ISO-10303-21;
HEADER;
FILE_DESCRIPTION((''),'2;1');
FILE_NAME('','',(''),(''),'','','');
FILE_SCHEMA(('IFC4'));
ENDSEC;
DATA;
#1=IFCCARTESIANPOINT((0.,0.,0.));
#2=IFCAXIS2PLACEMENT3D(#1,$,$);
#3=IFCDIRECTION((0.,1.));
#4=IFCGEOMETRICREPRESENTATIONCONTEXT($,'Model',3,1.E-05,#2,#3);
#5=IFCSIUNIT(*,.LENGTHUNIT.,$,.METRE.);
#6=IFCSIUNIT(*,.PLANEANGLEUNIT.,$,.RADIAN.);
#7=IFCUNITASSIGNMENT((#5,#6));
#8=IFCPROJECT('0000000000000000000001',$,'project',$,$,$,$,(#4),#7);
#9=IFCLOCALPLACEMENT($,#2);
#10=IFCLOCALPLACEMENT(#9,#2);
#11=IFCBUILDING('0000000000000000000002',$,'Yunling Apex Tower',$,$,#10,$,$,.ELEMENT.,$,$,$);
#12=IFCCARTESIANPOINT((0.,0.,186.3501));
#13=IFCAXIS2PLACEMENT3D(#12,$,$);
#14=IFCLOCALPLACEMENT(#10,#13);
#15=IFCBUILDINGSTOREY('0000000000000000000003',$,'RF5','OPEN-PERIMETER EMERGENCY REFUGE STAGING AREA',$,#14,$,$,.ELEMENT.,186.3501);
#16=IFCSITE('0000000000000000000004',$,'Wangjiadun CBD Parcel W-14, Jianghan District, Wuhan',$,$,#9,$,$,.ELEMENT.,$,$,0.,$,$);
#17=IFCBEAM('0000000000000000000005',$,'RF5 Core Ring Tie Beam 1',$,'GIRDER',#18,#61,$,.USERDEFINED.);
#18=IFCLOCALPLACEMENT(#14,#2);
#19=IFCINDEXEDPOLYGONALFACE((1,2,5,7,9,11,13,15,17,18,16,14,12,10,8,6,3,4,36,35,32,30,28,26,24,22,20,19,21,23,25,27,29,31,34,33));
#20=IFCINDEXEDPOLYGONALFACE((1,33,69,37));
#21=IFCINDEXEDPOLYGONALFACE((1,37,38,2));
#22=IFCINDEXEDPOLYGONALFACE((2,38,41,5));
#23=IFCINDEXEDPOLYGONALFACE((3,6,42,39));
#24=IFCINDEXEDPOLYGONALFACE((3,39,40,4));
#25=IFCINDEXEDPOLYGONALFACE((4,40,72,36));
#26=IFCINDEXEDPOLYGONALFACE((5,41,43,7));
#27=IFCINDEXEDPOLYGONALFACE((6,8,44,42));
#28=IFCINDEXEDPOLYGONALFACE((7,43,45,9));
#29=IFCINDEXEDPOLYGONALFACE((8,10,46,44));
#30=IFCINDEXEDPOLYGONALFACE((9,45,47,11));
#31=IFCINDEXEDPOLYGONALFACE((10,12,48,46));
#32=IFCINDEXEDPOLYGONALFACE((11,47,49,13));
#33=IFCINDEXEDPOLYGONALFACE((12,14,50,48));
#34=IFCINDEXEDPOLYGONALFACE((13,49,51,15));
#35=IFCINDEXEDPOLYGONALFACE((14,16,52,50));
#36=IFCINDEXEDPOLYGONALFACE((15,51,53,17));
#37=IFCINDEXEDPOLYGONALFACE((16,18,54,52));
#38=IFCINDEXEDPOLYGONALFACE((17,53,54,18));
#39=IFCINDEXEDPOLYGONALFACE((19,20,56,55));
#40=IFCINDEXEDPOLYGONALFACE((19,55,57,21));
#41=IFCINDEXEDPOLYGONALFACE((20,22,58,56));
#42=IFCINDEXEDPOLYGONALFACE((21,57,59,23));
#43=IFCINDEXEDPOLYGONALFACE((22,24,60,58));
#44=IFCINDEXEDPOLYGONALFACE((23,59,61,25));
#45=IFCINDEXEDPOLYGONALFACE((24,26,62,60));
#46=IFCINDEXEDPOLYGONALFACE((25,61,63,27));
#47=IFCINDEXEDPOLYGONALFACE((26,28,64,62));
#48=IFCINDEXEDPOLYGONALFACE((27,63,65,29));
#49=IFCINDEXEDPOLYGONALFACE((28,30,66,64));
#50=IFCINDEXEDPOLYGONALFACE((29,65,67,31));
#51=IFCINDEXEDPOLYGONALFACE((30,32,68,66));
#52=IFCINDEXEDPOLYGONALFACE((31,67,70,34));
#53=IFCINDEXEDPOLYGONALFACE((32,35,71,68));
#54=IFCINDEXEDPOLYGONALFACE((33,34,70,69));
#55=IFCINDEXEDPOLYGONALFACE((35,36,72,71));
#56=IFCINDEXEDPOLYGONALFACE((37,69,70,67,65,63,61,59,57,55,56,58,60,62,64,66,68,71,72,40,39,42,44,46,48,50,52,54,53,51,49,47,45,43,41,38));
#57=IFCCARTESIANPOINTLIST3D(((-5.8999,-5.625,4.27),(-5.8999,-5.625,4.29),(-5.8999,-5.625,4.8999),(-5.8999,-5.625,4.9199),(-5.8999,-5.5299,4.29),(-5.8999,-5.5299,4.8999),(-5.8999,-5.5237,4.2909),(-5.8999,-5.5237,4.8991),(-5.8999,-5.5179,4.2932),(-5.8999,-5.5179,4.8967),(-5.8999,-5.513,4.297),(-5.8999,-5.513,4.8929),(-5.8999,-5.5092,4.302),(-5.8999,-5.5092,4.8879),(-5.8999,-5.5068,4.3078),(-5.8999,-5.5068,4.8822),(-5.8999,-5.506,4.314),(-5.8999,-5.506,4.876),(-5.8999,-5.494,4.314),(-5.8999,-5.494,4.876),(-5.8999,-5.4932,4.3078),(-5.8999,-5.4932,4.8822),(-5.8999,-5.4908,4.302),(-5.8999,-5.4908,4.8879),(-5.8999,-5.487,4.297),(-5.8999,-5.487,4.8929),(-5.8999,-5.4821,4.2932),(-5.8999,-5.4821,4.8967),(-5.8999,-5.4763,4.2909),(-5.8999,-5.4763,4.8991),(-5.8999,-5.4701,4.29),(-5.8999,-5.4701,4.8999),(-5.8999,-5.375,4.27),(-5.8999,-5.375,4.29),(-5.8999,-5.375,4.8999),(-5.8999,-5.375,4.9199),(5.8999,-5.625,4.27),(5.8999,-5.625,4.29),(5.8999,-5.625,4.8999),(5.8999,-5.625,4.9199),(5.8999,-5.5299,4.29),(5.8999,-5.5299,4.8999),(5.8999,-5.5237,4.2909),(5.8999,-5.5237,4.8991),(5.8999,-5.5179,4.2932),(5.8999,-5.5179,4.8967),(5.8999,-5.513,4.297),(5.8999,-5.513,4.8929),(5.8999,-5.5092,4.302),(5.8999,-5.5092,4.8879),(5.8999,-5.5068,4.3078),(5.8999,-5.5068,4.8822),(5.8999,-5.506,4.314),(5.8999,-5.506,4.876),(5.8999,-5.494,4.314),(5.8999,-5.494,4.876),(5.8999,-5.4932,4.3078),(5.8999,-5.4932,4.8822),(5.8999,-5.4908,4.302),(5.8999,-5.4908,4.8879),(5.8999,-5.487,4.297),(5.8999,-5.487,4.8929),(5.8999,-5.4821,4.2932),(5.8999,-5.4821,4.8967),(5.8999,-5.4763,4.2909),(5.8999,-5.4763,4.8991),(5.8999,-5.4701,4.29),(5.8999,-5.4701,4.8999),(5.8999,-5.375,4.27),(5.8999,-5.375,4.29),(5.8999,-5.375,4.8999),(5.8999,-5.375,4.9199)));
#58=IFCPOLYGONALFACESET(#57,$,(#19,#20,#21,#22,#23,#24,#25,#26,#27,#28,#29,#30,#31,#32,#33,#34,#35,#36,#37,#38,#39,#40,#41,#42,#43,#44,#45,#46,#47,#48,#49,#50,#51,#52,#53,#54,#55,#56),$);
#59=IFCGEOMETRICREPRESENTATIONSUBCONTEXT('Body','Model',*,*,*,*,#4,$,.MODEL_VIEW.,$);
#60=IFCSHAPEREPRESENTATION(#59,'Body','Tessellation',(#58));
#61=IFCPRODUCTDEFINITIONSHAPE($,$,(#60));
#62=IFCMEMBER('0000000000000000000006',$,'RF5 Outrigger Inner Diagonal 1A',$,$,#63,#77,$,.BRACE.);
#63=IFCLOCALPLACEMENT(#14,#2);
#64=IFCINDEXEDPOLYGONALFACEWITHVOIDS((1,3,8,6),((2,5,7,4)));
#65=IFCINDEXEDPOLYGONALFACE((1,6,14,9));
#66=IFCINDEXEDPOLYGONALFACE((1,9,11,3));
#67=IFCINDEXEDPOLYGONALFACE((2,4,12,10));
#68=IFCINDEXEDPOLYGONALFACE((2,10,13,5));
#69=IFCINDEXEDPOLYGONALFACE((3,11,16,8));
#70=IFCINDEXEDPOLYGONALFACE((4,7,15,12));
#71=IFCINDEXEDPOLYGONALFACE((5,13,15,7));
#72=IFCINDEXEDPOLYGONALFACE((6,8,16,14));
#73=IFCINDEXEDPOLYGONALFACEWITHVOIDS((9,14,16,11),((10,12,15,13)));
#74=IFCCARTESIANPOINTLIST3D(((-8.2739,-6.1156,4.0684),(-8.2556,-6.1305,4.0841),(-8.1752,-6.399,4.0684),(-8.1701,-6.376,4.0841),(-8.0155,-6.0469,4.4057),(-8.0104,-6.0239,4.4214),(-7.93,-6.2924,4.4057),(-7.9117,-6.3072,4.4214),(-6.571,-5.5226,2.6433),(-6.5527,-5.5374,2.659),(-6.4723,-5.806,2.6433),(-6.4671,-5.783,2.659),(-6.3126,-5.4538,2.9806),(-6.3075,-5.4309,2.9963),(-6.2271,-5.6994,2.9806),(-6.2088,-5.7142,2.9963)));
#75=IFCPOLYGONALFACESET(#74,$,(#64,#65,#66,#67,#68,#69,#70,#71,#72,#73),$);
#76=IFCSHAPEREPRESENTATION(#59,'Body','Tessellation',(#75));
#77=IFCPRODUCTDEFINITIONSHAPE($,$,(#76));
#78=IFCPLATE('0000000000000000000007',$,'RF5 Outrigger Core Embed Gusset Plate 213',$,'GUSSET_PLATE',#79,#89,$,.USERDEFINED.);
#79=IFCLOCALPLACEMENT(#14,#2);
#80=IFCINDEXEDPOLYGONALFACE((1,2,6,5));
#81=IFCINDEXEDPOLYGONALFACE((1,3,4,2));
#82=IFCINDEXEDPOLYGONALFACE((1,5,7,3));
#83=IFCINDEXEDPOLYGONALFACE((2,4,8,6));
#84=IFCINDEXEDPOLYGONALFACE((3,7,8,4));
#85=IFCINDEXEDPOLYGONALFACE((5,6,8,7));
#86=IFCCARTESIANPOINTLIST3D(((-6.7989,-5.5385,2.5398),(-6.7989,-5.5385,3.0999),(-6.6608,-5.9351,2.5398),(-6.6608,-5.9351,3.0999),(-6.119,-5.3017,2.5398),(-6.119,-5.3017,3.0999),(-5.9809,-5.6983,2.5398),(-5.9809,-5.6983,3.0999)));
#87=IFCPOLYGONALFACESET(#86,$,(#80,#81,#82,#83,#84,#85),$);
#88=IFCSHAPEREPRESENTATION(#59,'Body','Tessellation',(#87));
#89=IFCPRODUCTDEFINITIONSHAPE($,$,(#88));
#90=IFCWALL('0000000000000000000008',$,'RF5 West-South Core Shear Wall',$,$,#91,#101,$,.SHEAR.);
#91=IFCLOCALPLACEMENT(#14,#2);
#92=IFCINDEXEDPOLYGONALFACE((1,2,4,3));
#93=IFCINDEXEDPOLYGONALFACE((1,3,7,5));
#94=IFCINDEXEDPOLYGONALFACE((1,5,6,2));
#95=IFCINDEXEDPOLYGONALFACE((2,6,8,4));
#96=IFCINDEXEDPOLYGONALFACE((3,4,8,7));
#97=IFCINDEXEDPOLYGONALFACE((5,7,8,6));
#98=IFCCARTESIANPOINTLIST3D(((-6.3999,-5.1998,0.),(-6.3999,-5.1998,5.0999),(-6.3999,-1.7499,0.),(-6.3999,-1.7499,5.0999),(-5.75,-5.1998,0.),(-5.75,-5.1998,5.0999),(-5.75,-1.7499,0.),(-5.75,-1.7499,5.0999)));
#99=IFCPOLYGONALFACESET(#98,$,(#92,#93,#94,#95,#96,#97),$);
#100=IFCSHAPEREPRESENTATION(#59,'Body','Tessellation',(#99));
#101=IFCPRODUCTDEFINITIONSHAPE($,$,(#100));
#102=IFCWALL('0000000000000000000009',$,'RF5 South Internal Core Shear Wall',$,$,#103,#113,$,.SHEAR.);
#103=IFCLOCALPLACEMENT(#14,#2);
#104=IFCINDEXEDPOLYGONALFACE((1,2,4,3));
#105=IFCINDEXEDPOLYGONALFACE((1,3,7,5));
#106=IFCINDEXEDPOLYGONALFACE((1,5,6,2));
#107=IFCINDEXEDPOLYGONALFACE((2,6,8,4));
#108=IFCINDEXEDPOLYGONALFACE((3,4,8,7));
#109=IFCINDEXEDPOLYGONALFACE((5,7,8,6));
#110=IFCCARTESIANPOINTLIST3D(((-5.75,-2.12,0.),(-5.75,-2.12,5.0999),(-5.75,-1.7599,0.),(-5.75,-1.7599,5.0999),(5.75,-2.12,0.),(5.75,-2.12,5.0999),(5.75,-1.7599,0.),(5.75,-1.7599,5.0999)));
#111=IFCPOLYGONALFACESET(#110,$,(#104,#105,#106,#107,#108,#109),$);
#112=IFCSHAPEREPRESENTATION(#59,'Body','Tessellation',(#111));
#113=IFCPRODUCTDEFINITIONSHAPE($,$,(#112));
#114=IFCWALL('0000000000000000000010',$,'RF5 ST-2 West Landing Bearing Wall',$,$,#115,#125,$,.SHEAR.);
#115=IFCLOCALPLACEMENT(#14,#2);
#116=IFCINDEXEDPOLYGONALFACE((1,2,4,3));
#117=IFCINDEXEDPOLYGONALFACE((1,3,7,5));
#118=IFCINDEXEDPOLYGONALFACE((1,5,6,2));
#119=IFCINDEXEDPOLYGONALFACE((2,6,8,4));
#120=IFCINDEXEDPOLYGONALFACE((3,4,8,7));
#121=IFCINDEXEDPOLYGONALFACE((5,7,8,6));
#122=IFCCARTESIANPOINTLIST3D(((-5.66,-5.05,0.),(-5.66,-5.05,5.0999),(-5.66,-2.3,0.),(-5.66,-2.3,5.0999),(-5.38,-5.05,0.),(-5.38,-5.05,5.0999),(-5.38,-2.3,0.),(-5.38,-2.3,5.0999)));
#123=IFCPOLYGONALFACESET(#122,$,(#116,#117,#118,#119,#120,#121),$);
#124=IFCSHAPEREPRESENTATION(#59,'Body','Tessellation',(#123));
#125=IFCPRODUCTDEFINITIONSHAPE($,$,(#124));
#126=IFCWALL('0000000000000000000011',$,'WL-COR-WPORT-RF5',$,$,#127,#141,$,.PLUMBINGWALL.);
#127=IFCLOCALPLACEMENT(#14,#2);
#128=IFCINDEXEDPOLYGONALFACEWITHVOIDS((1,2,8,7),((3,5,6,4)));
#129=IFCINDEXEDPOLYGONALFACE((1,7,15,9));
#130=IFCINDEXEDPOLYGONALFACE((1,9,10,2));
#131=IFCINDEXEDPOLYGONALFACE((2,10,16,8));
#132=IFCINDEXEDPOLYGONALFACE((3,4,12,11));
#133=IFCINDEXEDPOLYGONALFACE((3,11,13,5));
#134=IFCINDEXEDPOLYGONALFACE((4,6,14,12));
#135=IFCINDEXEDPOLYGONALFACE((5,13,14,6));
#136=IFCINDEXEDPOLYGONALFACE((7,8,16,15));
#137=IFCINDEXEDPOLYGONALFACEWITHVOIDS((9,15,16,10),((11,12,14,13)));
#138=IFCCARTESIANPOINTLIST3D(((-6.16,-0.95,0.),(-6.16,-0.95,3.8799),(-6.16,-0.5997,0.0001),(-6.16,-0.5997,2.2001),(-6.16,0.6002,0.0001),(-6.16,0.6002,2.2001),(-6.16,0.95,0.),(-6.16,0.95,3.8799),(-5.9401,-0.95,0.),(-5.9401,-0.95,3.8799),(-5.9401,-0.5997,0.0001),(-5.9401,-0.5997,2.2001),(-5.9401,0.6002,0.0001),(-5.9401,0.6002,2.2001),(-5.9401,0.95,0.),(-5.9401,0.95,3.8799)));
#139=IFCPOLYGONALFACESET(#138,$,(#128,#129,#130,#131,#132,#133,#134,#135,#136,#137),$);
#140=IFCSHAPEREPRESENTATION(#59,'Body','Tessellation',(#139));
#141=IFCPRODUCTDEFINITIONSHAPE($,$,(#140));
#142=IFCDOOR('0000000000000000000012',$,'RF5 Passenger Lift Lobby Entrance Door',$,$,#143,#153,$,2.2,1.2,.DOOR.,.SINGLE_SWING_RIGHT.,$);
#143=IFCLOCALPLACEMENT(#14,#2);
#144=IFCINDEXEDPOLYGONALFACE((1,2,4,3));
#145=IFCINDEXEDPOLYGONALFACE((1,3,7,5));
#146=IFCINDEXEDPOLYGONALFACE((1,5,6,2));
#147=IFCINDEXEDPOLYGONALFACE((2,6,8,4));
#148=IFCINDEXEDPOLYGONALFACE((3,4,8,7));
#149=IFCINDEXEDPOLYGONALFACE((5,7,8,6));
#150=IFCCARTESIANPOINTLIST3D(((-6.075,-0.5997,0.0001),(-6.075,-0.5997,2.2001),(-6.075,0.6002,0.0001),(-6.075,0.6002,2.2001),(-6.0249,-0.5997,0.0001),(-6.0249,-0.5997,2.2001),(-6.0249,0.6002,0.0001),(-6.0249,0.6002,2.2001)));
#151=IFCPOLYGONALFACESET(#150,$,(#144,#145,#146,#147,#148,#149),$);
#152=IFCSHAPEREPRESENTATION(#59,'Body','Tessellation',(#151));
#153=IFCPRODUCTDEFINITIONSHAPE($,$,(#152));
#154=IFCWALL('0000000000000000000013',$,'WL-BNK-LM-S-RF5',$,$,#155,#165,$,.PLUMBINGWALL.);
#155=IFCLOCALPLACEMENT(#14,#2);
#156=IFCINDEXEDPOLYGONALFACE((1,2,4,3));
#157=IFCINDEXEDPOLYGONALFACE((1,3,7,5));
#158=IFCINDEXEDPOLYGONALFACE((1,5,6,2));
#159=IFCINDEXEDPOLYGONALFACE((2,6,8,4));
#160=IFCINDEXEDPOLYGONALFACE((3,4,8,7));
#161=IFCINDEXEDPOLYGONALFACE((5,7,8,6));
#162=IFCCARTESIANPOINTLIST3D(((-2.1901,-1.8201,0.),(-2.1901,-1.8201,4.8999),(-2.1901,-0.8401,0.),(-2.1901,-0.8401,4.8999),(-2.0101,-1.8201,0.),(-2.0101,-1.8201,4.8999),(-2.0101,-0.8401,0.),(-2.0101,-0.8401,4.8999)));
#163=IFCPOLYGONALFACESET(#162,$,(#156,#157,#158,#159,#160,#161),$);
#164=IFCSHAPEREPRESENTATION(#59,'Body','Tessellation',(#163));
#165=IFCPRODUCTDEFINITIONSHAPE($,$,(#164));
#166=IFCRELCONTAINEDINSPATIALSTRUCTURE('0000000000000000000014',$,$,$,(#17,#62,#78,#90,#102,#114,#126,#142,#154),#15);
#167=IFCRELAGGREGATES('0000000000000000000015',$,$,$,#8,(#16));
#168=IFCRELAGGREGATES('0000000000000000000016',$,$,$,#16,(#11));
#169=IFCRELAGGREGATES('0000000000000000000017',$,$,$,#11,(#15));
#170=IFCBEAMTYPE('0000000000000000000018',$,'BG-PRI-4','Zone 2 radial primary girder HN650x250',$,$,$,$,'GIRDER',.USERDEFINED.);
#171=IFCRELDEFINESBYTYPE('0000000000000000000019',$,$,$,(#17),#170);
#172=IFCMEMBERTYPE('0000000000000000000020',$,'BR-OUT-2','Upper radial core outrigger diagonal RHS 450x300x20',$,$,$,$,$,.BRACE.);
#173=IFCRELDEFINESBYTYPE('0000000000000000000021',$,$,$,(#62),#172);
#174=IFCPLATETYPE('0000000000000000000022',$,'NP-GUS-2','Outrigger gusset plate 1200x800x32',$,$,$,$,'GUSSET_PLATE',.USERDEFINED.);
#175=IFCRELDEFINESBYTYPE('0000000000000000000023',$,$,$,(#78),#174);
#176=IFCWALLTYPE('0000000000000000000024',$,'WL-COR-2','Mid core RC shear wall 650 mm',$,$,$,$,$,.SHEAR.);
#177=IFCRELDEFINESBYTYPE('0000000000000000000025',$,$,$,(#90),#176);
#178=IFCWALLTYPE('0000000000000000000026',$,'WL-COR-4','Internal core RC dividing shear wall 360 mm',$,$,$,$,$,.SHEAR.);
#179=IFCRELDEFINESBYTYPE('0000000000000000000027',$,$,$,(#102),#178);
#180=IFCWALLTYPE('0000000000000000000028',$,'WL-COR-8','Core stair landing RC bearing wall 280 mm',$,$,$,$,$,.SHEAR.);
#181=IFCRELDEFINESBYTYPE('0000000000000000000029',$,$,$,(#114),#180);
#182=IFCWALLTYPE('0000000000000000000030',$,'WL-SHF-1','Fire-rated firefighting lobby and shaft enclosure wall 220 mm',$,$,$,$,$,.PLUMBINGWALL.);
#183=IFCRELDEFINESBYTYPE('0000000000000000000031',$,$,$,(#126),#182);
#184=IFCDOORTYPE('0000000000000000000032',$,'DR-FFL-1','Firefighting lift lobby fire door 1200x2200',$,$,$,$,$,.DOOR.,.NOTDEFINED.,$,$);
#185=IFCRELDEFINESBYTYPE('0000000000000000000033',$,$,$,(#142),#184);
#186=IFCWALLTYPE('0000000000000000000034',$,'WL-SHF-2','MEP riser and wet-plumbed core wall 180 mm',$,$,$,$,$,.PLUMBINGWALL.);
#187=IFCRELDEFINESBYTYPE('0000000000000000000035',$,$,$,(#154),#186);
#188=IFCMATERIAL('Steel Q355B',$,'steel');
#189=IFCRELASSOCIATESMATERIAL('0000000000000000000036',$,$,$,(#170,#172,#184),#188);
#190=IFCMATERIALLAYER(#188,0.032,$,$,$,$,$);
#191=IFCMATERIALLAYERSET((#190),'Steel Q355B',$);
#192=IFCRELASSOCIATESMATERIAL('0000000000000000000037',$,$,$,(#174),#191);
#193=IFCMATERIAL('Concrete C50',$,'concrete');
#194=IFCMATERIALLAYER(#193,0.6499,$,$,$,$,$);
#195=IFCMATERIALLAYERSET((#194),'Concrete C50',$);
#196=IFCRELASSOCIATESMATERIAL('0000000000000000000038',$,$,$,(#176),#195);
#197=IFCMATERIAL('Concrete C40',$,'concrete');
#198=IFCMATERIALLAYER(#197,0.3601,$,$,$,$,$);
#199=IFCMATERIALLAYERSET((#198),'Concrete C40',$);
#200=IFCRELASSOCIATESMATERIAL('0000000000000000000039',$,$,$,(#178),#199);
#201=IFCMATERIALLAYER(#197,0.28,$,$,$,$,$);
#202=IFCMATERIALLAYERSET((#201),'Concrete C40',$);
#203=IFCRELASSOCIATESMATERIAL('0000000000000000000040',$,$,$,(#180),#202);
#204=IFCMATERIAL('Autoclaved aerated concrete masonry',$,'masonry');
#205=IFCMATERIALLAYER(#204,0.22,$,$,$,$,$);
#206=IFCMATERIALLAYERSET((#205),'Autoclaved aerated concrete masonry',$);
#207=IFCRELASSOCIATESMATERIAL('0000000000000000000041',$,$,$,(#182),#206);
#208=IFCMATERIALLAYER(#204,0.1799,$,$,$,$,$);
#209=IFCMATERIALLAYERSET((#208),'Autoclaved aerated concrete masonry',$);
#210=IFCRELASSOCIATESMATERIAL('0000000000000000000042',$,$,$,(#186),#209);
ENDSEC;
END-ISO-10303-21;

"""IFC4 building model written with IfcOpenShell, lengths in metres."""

from ifc_helpers import new_model, si_unit, direction, frame, frame_2d, origin, origin_2d, place, context, subcontext, project, spatial, rectangle, hollow_rectangle, i_section, extrude, source, transform, mapped, material, layer, layer_set, material_profile, profile_set, type_object, element, fill, save


model = new_model("IFC4")

# Units and contexts
model_context = context("Model", 3, precision=1e-05, world=origin(), true_north=direction((0.0, 1.0)))
body_context = subcontext(model_context, "Body", "Model", "MODEL_VIEW")
ifc_project = project(units=[si_unit("LENGTHUNIT", "METRE"), si_unit("PLANEANGLEUNIT", "RADIAN")], contexts=[model_context])

# Site, building, storey
site_placement = place(None, origin())
site = spatial("IfcSite", under=ifc_project, at=site_placement, Name="Wangjiadun CBD Parcel W-14, Jianghan District, Wuhan", CompositionType="ELEMENT", RefElevation=0.0)
building_placement = place(site_placement, origin())
building = spatial("IfcBuilding", under=site, at=building_placement, Name="Yunling Apex Tower", CompositionType="ELEMENT")
storey_placement = place(building_placement, frame((0.0, 0.0, 186.3501)))
storey = spatial("IfcBuildingStorey", under=building, at=storey_placement, Name="RF5", Description="OPEN-PERIMETER EMERGENCY REFUGE STAGING AREA", CompositionType="ELEMENT", Elevation=186.3501)

# Shared definitions
ifc_material_1 = material(Name="Concrete C50", Category="concrete")

# Beam
ifc_material_2 = material(Name="Steel Q355B", Category="steel")
ifc_material_profile_1 = material_profile(ifc_material_2, i_section(OverallWidth=0.25, OverallDepth=0.6499, WebThickness=0.012, FlangeThickness=0.02, FilletRadius=0.0239, at=origin_2d()))
ifc_profile_set_1 = profile_set([ifc_material_profile_1], Name="Steel Q355B")
beam_type_1 = type_object("IfcBeamType", Name="BG-PRI-4", Description="Zone 2 radial primary girder HN650x250", ElementType="GIRDER", PredefinedType="USERDEFINED", material=ifc_profile_set_1)
shared_shape_1 = source(origin(), body_context, "Body", "SweptSolid", [
    extrude(i_section(OverallWidth=0.25, OverallDepth=0.6499, WebThickness=0.012, FlangeThickness=0.02, FilletRadius=0.0239, at=origin_2d()), origin(), (0.0, 0.0, 1.0), 11.7998),
])
beam_1_placement = place(storey_placement, frame((-5.8999, -5.5, 4.595), z_axis=(1.0, 0.0, 0.0), x_axis=(0.0, 1.0, 0.0)))
element("IfcBeam", 1, at=beam_1_placement, inside=storey, type_object=beam_type_1, Name="RF5 Core Ring Tie Beam 1", ObjectType="GIRDER", PredefinedType="USERDEFINED", context=body_context, shape_type="MappedRepresentation", body=[
    mapped(shared_shape_1, transform((0.0, 0.0, 0.0), scale=1.0)),
])

# Member
ifc_material_profile_2 = material_profile(ifc_material_2, hollow_rectangle(XDim=0.3, YDim=0.45, WallThickness=0.02, at=origin_2d()))
ifc_profile_set_2 = profile_set([ifc_material_profile_2], Name="Steel Q355B")
member_type = type_object("IfcMemberType", Name="BR-OUT-2", Description="Upper radial core outrigger diagonal RHS 450x300x20", PredefinedType="BRACE", material=ifc_profile_set_2)
shared_shape_2 = source(origin(), body_context, "Body", "SweptSolid", [
    extrude(hollow_rectangle(XDim=0.3, YDim=0.45, WallThickness=0.02, at=origin_2d()), origin(), (0.0, 0.0, 1.0), 2.2983),
])
member_placement = place(storey_placement, frame((-6.3899, -5.6184, 2.8198), z_axis=(-0.740927, -0.258023, 0.620042), x_axis=(0.328872, -0.944374, 0.0)))
element("IfcMember", 2, at=member_placement, inside=storey, type_object=member_type, Name="RF5 Outrigger Inner Diagonal 1A", PredefinedType="BRACE", context=body_context, shape_type="MappedRepresentation", body=[
    mapped(shared_shape_2, transform((0.0, 0.0, 0.0), scale=1.0)),
])

# Plate
ifc_layer_1 = layer(ifc_material_2, 0.032)
ifc_layer_set_1 = layer_set([ifc_layer_1], Name="Steel Q355B")
plate_type = type_object("IfcPlateType", Name="NP-GUS-2", Description="Outrigger gusset plate 1200x800x32", ElementType="GUSSET_PLATE", PredefinedType="USERDEFINED", material=ifc_layer_set_1)
shared_shape_3 = source(origin(), body_context, "Body", "SweptSolid", [
    extrude(rectangle(XDim=0.72, YDim=0.4199, at=origin_2d()), origin(), (0.0, 0.0, 1.0), 0.5601),
])
plate_placement = place(storey_placement, frame((-6.3899, -5.6184, 2.5398), z_axis=(0.0, 0.0, 1.0), x_axis=(-0.944376, -0.328867, 0.0)))
element("IfcPlate", 3, at=plate_placement, inside=storey, type_object=plate_type, Name="RF5 Outrigger Core Embed Gusset Plate 213", ObjectType="GUSSET_PLATE", PredefinedType="USERDEFINED", context=body_context, shape_type="MappedRepresentation", body=[
    mapped(shared_shape_3, transform((0.0, 0.0, 0.0), scale=1.0)),
])

# Walls
ifc_layer_2 = layer(ifc_material_1, 0.6499)
ifc_layer_set_2 = layer_set([ifc_layer_2], Name="Concrete C50")
wall_type_1 = type_object("IfcWallType", Name="WL-COR-2", Description="Mid core RC shear wall 650 mm", PredefinedType="SHEAR", material=ifc_layer_set_2)
wall_1_placement = place(storey_placement, frame((-6.075, -5.2, 0.0), z_axis=(0.0, 0.0, 1.0), x_axis=(0.0, 1.0, 0.0)))
element("IfcWall", 4, at=wall_1_placement, inside=storey, type_object=wall_type_1, Name="RF5 West-South Core Shear Wall", PredefinedType="SHEAR", context=body_context, shape_type="SweptSolid", body=[
    extrude(rectangle(XDim=3.45, YDim=0.6499, at=frame_2d((1.7251, 0.0))), origin(), (0.0, 0.0, 1.0), 5.0999),
])
ifc_material_3 = material(Name="Concrete C40", Category="concrete")
ifc_layer_3 = layer(ifc_material_3, 0.3601)
ifc_layer_set_3 = layer_set([ifc_layer_3], Name="Concrete C40")
wall_type_2 = type_object("IfcWallType", Name="WL-COR-4", Description="Internal core RC dividing shear wall 360 mm", PredefinedType="SHEAR", material=ifc_layer_set_3)
wall_2_placement = place(storey_placement, frame((-5.75, -1.9399, 0.0), z_axis=(0.0, 0.0, 1.0), x_axis=(1.0, 0.0, 0.0)))
element("IfcWall", 5, at=wall_2_placement, inside=storey, type_object=wall_type_2, Name="RF5 South Internal Core Shear Wall", PredefinedType="SHEAR", context=body_context, shape_type="SweptSolid", body=[
    extrude(rectangle(XDim=11.5, YDim=0.3601, at=frame_2d((5.75, 0.0))), origin(), (0.0, 0.0, 1.0), 5.0999),
])
ifc_layer_4 = layer(ifc_material_3, 0.28)
ifc_layer_set_4 = layer_set([ifc_layer_4], Name="Concrete C40")
wall_type_3 = type_object("IfcWallType", Name="WL-COR-8", Description="Core stair landing RC bearing wall 280 mm", PredefinedType="SHEAR", material=ifc_layer_set_4)
wall_3_placement = place(storey_placement, frame((-5.52, -5.05, 0.0), z_axis=(0.0, 0.0, 1.0), x_axis=(0.0, 1.0, 0.0)))
element("IfcWall", 6, at=wall_3_placement, inside=storey, type_object=wall_type_3, Name="RF5 ST-2 West Landing Bearing Wall", PredefinedType="SHEAR", context=body_context, shape_type="SweptSolid", body=[
    extrude(rectangle(XDim=2.75, YDim=0.28, at=frame_2d((1.375, 0.0))), origin(), (0.0, 0.0, 1.0), 5.0999),
])

# Wall, opening, door
ifc_material_4 = material(Name="Autoclaved aerated concrete masonry", Category="masonry")
ifc_layer_5 = layer(ifc_material_4, 0.22)
ifc_layer_set_5 = layer_set([ifc_layer_5], Name="Autoclaved aerated concrete masonry")
wall_type_4 = type_object("IfcWallType", Name="WL-SHF-1", Description="Fire-rated firefighting lobby and shaft enclosure wall 220 mm", PredefinedType="PLUMBINGWALL", material=ifc_layer_set_5)
wall_4_placement = place(storey_placement, frame((-6.05, -0.95, 0.0), z_axis=(0.0, 0.0, 1.0), x_axis=(0.0, 1.0, 0.0)))
wall_4 = element("IfcWall", 7, at=wall_4_placement, inside=storey, type_object=wall_type_4, Name="WL-COR-WPORT-RF5", PredefinedType="PLUMBINGWALL", context=body_context, shape_type="SweptSolid", body=[
    extrude(rectangle(XDim=1.8999, YDim=0.22, at=frame_2d((0.95, 0.0))), origin(), (0.0, 0.0, 1.0), 3.8799),
])
opening_placement = place(wall_4_placement, frame((0.3501, 0.0, 0.0)))
opening = element("IfcOpeningElement", 8, at=opening_placement, cuts=wall_4, PredefinedType="OPENING", context=body_context, shape_type="SweptSolid", body=[
    extrude(rectangle(XDim=1.2, YDim=2.2, at=frame_2d((0.6001, 1.1001))), frame((0.0, 0.1201, 0.0), z_axis=(0.0, -1.0, 0.0), x_axis=(1.0, 0.0, 0.0)), (0.0, 0.0, 1.0), 0.24),
])
door_type = type_object("IfcDoorType", Name="DR-FFL-1", Description="Firefighting lift lobby fire door 1200x2200", OperationType="NOTDEFINED", PredefinedType="DOOR", material=ifc_material_2)
door_placement = place(opening_placement, origin())
door = element("IfcDoor", 9, at=door_placement, inside=storey, type_object=door_type, Name="RF5 Passenger Lift Lobby Entrance Door", OperationType="SINGLE_SWING_RIGHT", OverallHeight=2.2, OverallWidth=1.2, PredefinedType="DOOR", context=body_context, shape_type="SweptSolid", body=[
    extrude(rectangle(XDim=1.2, YDim=2.2, at=frame_2d((0.6001, 1.1001))), frame((0.0, 0.0249, 0.0), z_axis=(0.0, -1.0, 0.0), x_axis=(1.0, 0.0, 0.0)), (0.0, 0.0, 1.0), 0.05),
])
fill(opening, door)

# Wall
ifc_layer_6 = layer(ifc_material_4, 0.1799)
ifc_layer_set_6 = layer_set([ifc_layer_6], Name="Autoclaved aerated concrete masonry")
wall_type_5 = type_object("IfcWallType", Name="WL-SHF-2", Description="MEP riser and wet-plumbed core wall 180 mm", PredefinedType="PLUMBINGWALL", material=ifc_layer_set_6)
wall_5_placement = place(storey_placement, frame((-2.1001, -1.8201, 0.0), z_axis=(0.0, 0.0, 1.0), x_axis=(0.0, 1.0, 0.0)))
element("IfcWall", 10, at=wall_5_placement, inside=storey, type_object=wall_type_5, Name="WL-BNK-LM-S-RF5", PredefinedType="PLUMBINGWALL", context=body_context, shape_type="SweptSolid", body=[
    extrude(rectangle(XDim=0.98, YDim=0.1799, at=frame_2d((0.49, 0.0))), origin(), (0.0, 0.0, 1.0), 4.8999),
])

save(model, "model.ifc")
